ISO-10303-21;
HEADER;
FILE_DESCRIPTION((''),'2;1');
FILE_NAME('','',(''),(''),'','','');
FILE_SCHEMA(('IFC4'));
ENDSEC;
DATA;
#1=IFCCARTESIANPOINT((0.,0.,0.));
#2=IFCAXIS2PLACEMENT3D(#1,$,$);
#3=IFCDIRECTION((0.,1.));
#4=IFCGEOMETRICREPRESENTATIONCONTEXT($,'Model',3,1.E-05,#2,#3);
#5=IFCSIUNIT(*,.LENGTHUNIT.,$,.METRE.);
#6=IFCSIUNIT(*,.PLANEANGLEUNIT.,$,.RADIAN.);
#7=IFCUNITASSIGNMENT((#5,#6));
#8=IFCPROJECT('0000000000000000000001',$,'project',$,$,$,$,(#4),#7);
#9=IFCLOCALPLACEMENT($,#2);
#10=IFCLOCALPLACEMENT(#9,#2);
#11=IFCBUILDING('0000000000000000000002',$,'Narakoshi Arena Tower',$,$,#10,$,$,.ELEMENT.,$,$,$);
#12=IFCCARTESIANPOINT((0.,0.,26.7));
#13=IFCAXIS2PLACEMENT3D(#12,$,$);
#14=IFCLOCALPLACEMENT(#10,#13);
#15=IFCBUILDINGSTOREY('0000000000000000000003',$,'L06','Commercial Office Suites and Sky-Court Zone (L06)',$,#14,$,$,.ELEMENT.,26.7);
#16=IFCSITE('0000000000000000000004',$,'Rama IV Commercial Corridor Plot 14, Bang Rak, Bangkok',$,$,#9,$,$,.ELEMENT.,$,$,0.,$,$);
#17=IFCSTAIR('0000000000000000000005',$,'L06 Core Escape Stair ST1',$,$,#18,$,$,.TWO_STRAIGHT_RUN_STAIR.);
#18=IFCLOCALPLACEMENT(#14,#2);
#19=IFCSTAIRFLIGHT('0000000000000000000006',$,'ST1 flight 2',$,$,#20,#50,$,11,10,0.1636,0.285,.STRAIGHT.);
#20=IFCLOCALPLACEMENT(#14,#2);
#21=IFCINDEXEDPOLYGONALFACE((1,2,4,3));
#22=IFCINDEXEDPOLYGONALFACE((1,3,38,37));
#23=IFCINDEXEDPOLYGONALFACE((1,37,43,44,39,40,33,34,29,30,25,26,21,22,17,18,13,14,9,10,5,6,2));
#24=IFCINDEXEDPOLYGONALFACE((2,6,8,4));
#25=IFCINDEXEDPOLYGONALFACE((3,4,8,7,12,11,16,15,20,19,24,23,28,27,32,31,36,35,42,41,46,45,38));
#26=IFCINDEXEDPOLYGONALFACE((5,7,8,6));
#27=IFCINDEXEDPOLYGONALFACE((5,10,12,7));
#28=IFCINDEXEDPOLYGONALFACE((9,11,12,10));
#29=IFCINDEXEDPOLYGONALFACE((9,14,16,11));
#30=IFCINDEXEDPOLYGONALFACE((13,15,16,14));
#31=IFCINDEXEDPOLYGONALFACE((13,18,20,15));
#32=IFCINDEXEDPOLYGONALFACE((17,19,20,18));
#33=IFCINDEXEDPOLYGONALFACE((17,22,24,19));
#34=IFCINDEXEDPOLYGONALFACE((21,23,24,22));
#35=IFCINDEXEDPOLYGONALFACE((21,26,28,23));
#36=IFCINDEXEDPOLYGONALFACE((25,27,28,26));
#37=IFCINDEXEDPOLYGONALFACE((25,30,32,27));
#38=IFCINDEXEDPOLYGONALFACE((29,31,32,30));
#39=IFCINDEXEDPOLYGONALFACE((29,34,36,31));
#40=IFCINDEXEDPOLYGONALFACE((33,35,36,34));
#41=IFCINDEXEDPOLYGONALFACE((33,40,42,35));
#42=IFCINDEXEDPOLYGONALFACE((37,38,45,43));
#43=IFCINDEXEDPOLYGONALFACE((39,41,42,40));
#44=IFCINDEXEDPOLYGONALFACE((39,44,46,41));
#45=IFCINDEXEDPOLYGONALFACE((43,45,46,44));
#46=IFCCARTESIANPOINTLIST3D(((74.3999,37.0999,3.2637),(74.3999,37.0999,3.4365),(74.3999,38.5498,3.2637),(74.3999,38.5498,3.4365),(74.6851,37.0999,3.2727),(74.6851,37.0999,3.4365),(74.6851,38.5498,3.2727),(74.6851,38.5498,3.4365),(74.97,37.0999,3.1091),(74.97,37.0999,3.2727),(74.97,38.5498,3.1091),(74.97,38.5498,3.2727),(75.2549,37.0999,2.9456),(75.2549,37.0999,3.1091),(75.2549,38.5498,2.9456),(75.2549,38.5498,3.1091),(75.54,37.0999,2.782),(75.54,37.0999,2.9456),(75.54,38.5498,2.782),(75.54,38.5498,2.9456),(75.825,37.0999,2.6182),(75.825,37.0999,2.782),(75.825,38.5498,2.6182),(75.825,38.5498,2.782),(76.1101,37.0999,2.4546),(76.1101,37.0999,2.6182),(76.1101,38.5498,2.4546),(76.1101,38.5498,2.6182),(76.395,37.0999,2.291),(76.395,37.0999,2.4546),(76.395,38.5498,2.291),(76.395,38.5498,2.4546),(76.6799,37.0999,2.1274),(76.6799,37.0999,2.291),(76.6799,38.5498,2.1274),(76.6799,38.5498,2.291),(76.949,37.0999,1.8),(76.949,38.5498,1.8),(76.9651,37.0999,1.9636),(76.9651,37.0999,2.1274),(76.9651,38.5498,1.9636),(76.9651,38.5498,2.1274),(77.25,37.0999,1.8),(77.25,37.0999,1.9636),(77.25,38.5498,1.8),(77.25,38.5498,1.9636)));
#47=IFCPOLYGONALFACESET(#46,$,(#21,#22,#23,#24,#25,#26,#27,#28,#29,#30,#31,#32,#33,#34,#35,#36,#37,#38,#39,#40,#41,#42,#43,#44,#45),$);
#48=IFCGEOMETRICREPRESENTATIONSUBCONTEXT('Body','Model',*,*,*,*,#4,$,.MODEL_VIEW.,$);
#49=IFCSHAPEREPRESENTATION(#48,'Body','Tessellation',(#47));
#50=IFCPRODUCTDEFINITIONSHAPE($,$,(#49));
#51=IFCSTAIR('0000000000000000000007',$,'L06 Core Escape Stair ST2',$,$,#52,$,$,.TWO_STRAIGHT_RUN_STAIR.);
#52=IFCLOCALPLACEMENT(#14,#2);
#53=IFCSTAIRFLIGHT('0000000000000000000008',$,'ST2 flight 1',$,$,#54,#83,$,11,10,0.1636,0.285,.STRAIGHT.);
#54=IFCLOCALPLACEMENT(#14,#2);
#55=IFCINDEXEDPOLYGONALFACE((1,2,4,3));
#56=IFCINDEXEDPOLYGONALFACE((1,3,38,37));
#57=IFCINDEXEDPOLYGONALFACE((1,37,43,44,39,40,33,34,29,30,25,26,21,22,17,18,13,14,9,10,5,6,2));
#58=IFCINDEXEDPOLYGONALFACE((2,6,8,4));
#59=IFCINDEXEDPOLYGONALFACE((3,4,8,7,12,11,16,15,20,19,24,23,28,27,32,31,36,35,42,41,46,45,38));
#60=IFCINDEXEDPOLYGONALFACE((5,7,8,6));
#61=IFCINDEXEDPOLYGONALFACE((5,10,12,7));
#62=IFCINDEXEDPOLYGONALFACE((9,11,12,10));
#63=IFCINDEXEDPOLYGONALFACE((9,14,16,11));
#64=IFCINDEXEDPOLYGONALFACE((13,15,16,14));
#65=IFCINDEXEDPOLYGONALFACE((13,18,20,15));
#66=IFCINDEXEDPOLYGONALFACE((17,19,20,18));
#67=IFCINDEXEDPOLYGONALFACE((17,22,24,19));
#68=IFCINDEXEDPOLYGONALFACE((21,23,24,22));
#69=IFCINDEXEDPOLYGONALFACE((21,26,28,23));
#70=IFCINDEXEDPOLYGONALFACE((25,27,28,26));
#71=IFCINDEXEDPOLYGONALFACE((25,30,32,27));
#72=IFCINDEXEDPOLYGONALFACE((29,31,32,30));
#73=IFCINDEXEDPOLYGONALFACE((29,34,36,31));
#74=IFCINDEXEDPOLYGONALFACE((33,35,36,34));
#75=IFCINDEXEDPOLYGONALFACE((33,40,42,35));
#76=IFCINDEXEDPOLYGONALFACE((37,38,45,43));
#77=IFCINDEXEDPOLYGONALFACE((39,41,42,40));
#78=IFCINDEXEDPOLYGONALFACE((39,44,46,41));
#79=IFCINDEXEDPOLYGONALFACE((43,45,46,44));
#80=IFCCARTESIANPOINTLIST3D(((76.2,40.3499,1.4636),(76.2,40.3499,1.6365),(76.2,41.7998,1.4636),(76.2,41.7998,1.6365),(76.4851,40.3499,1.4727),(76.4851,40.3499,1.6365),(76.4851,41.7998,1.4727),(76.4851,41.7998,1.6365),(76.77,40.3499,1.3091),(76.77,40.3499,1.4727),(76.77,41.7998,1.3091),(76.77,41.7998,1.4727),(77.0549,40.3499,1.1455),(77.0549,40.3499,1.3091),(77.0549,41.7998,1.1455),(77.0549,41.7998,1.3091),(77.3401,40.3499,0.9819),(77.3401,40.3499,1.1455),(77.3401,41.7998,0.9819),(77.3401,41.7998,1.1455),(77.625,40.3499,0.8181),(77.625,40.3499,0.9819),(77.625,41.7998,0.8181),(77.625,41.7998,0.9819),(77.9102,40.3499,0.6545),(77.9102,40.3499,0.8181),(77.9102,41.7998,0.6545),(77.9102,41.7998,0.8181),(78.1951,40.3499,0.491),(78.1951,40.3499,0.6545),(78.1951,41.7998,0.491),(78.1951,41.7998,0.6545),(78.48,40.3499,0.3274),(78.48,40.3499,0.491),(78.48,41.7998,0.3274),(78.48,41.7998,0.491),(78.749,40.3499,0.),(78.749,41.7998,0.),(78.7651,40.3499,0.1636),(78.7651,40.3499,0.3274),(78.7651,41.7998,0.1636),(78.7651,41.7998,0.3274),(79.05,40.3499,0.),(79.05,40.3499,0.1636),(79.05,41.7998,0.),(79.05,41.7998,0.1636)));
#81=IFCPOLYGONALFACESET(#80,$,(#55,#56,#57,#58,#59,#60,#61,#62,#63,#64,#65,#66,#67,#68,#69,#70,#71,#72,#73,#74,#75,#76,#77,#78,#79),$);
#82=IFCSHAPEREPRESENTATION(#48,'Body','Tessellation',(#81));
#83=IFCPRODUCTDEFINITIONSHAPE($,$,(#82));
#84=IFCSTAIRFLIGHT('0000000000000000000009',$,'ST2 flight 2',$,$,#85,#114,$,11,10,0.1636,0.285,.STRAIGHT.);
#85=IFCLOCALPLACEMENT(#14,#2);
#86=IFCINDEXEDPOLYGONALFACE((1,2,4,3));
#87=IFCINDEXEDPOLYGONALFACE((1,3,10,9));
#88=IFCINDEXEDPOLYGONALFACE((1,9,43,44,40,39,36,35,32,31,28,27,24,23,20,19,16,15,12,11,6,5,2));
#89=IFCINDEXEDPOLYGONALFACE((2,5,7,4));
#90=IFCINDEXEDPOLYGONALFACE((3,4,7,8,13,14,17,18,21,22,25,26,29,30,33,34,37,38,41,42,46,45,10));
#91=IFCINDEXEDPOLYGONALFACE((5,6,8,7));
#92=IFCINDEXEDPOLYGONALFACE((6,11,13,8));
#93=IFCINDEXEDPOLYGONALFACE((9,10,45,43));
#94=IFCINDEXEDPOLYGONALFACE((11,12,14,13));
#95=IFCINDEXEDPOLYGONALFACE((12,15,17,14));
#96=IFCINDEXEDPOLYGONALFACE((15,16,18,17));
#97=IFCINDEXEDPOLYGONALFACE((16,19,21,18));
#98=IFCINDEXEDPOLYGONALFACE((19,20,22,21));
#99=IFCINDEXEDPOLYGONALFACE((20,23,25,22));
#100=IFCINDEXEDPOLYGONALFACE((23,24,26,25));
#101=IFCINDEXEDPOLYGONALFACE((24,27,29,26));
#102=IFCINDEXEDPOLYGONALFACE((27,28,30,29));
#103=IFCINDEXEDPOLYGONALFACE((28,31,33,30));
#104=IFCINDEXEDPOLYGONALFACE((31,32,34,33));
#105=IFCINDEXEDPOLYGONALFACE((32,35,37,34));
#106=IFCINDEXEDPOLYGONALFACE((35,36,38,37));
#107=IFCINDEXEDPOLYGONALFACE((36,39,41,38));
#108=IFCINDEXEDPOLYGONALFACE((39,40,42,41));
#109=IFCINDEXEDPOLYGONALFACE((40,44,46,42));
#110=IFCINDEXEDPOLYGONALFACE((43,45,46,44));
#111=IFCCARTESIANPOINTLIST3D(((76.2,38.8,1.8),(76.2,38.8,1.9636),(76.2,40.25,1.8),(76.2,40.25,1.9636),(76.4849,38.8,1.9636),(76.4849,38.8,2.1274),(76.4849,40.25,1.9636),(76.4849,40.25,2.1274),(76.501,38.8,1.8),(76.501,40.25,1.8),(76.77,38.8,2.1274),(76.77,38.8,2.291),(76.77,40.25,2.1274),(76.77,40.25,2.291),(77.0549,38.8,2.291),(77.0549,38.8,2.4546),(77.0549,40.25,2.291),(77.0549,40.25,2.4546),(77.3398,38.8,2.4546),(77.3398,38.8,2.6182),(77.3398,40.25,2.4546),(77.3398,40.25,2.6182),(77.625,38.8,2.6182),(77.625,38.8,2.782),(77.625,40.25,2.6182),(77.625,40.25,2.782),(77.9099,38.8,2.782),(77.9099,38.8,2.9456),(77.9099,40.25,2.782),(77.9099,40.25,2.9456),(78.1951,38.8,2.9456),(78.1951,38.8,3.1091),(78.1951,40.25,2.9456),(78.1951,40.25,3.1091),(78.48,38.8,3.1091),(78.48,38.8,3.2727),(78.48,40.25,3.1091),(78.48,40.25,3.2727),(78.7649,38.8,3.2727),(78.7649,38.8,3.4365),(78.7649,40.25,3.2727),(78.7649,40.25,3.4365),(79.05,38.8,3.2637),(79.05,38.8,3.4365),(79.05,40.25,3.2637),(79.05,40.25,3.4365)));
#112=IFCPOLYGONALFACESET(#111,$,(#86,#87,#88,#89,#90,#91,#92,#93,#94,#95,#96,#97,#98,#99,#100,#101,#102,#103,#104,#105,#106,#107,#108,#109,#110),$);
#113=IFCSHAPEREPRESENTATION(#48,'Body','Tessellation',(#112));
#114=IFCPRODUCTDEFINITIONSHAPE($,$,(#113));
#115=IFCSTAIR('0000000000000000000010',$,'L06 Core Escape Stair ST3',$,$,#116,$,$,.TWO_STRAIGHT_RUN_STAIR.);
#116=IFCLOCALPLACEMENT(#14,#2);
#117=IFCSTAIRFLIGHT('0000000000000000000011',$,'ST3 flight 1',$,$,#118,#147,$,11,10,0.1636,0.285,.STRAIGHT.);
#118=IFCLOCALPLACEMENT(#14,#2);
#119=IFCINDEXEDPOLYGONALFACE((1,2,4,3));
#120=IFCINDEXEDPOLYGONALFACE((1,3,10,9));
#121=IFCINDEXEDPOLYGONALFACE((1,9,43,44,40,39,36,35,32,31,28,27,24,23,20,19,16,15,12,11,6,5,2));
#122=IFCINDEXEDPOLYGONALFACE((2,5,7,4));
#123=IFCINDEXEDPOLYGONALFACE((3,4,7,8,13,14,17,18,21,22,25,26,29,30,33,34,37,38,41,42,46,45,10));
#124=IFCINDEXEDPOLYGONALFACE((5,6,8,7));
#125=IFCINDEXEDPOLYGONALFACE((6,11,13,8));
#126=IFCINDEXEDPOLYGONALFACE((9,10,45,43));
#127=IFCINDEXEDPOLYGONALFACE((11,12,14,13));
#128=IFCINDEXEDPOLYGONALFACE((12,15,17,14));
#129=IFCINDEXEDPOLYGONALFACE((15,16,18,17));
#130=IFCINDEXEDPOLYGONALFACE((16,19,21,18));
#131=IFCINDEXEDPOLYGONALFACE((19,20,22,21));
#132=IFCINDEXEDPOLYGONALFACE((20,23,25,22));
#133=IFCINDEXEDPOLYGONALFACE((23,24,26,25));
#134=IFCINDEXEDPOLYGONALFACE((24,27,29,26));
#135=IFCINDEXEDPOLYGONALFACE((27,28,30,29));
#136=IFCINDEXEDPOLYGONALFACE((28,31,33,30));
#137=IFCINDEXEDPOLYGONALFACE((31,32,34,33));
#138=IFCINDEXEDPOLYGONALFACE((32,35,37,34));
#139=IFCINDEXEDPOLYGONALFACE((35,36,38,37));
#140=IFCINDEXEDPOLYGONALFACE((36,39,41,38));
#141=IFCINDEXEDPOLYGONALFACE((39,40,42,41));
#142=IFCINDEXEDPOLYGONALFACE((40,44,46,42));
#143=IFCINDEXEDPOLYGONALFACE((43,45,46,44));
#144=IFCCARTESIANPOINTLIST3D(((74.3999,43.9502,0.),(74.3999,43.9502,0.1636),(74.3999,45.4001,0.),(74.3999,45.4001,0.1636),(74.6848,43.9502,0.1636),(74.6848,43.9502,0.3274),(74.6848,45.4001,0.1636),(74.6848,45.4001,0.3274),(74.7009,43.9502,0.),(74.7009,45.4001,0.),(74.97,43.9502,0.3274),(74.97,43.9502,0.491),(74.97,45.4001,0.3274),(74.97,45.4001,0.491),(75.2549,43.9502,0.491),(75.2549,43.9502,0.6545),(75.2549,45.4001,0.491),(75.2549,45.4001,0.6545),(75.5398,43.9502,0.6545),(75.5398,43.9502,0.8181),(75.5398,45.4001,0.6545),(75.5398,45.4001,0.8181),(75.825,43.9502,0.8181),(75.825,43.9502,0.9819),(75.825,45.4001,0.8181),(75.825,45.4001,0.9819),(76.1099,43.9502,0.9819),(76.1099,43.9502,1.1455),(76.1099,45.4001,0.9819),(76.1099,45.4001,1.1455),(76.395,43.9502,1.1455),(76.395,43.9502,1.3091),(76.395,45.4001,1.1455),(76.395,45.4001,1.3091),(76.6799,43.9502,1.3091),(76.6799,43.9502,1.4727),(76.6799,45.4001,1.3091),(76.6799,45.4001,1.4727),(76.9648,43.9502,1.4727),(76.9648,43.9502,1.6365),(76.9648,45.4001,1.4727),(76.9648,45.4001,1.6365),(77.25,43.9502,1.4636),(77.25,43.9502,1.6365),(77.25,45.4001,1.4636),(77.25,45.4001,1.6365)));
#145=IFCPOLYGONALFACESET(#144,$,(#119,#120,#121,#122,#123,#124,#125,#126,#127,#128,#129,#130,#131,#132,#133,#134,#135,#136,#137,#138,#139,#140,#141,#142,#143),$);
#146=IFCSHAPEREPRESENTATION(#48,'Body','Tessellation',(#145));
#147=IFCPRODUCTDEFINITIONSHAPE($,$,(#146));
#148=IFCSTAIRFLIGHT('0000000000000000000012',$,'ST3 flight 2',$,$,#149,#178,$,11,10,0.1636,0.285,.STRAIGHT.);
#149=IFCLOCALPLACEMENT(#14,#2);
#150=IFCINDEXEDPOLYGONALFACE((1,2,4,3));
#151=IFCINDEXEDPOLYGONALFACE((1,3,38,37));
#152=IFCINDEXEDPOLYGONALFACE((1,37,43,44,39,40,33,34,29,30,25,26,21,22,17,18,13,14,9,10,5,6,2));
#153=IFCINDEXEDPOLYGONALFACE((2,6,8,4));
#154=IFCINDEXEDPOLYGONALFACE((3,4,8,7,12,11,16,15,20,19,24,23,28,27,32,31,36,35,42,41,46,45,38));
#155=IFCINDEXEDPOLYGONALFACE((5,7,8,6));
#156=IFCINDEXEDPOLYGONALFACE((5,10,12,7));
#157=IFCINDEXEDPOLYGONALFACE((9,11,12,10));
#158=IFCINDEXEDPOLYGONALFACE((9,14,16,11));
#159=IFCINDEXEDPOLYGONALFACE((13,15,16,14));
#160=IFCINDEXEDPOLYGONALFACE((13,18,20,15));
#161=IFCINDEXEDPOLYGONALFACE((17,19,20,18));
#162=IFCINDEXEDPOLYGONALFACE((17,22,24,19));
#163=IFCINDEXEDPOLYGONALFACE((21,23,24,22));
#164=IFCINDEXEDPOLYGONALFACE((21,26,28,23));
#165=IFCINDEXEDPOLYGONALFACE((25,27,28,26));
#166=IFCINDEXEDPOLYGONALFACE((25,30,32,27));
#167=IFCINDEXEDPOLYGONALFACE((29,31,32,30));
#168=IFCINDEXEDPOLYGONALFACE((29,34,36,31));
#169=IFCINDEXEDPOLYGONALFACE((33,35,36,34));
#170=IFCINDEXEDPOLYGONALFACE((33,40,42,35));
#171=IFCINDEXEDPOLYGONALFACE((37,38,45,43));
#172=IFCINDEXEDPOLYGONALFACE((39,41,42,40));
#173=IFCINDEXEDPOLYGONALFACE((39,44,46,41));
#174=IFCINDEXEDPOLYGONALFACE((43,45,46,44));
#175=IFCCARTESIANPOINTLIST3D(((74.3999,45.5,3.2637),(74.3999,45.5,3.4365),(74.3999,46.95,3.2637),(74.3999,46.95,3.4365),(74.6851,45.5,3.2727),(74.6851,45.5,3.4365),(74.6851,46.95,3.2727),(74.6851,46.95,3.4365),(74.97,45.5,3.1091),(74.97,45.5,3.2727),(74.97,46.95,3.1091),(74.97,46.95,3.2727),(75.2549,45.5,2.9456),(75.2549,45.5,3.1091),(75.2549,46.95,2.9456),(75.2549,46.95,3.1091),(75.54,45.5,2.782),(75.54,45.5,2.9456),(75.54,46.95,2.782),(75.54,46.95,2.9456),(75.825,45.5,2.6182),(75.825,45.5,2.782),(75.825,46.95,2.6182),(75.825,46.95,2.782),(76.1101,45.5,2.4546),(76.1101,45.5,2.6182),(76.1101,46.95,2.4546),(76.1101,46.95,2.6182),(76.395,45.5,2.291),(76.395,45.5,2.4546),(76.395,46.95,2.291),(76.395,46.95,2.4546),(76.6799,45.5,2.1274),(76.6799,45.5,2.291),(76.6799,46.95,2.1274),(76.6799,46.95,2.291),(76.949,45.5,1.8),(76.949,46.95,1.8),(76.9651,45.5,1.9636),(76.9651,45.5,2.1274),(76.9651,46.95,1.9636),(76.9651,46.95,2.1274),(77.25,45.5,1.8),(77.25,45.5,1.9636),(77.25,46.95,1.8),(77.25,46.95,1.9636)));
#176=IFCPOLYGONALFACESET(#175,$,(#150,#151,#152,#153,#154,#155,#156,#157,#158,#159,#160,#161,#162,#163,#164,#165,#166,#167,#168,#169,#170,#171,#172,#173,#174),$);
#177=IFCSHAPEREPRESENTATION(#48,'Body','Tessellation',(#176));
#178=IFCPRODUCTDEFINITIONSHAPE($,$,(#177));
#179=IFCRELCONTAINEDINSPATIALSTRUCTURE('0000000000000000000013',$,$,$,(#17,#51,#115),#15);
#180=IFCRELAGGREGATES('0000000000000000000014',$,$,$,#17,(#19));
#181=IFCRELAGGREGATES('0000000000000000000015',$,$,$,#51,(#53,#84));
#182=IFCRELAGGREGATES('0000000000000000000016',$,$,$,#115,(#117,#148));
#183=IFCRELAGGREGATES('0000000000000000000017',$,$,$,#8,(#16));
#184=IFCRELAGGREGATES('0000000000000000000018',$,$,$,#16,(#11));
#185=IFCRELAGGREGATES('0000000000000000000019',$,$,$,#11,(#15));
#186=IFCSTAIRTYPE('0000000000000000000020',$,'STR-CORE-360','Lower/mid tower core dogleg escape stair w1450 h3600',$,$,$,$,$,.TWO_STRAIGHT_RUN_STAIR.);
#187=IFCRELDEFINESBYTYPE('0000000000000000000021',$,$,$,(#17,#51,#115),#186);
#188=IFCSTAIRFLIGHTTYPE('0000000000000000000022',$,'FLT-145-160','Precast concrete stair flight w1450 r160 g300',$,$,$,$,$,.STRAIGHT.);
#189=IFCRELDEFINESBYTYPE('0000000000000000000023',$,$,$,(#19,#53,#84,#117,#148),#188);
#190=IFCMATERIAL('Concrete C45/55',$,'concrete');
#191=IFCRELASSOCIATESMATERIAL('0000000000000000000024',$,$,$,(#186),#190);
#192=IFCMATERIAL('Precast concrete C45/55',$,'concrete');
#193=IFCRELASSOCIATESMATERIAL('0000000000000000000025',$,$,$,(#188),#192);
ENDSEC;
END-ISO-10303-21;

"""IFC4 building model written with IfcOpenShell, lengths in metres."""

from ifc_helpers import new_model, si_unit, direction, frame, origin, place, context, subcontext, project, spatial, polyline, outline, extrude, material, type_object, element, aggregate, save


model = new_model("IFC4")

# Units and contexts
model_context = context("Model", 3, precision=1e-05, world=origin(), true_north=direction((0.0, 1.0)))
body_context = subcontext(model_context, "Body", "Model", "MODEL_VIEW")
ifc_project = project(units=[si_unit("LENGTHUNIT", "METRE"), si_unit("PLANEANGLEUNIT", "RADIAN")], contexts=[model_context])

# Site, building, storey
site_placement = place(None, origin())
site = spatial("IfcSite", under=ifc_project, at=site_placement, Name="Rama IV Commercial Corridor Plot 14, Bang Rak, Bangkok", CompositionType="ELEMENT", RefElevation=0.0)
building_placement = place(site_placement, origin())
building = spatial("IfcBuilding", under=site, at=building_placement, Name="Narakoshi Arena Tower", CompositionType="ELEMENT")
storey_placement = place(building_placement, frame((0.0, 0.0, 26.7)))
storey = spatial("IfcBuildingStorey", under=building, at=storey_placement, Name="L06", Description="Commercial Office Suites and Sky-Court Zone (L06)", CompositionType="ELEMENT", Elevation=26.7)

# Stairs, stair flights
ifc_material_1 = material(Name="Concrete C45/55", Category="concrete")
stair_type = type_object("IfcStairType", Name="STR-CORE-360", Description="Lower/mid tower core dogleg escape stair w1450 h3600", PredefinedType="TWO_STRAIGHT_RUN_STAIR", material=ifc_material_1)
stair_1_placement = place(storey_placement, origin())
stair_1 = element("IfcStair", 1, at=stair_1_placement, inside=storey, type_object=stair_type, Name="L06 Core Escape Stair ST1", PredefinedType="TWO_STRAIGHT_RUN_STAIR")
ifc_material_2 = material(Name="Precast concrete C45/55", Category="concrete")
stair_flight_type = type_object("IfcStairFlightType", Name="FLT-145-160", Description="Precast concrete stair flight w1450 r160 g300", PredefinedType="STRAIGHT", material=ifc_material_2)
stair_flight_1_placement = place(storey_placement, frame((77.25, 37.825, 1.8), z_axis=(0.0, 0.0, 1.0), x_axis=(-1.0, 0.0, 0.0)))
stair_flight_1 = element("IfcStairFlight", 2, at=stair_flight_1_placement, type_object=stair_flight_type, Name="ST1 flight 2", NumberOfRisers=11, NumberOfTreads=10, PredefinedType="STRAIGHT", RiserHeight=0.1636, TreadLength=0.285, context=body_context, shape_type="SweptSolid", body=[
    extrude(outline(polyline([(0.0, 0.0), (0.0, 0.1636), (0.2849, 0.1636), (0.2849, 0.3274), (0.5701, 0.3274), (0.5701, 0.491), (0.855, 0.491), (0.855, 0.6545), (1.1399, 0.6545), (1.1399, 0.8181), (1.425, 0.8181), (1.425, 0.9819), (1.71, 0.9819), (1.71, 1.1455), (1.9951, 1.1455), (1.9951, 1.3091), (2.28, 1.3091), (2.28, 1.4727), (2.5649, 1.4727), (2.5649, 1.6365), (2.8501, 1.6365), (2.8501, 1.8), (2.8501, 1.4636), (0.301, 0.0), (0.0, 0.0)])), frame((0.0, 0.7251, 0.0), z_axis=(0.0, -1.0, 0.0), x_axis=(1.0, 0.0, 0.0)), (0.0, 0.0, 1.0), 1.45),
])
aggregate(stair_1, [stair_flight_1])
stair_2_placement = place(storey_placement, origin())
stair_2 = element("IfcStair", 3, at=stair_2_placement, inside=storey, type_object=stair_type, Name="L06 Core Escape Stair ST2", PredefinedType="TWO_STRAIGHT_RUN_STAIR")
stair_flight_2_placement = place(storey_placement, frame((79.05, 41.075, 0.0), z_axis=(0.0, 0.0, 1.0), x_axis=(-1.0, 0.0, 0.0)))
stair_flight_2 = element("IfcStairFlight", 4, at=stair_flight_2_placement, type_object=stair_flight_type, Name="ST2 flight 1", NumberOfRisers=11, NumberOfTreads=10, PredefinedType="STRAIGHT", RiserHeight=0.1636, TreadLength=0.285, context=body_context, shape_type="SweptSolid", body=[
    extrude(outline(polyline([(0.0, 0.0), (0.0, 0.1636), (0.2849, 0.1636), (0.2849, 0.3274), (0.5701, 0.3274), (0.5701, 0.491), (0.855, 0.491), (0.855, 0.6545), (1.1399, 0.6545), (1.1399, 0.8181), (1.425, 0.8181), (1.425, 0.9819), (1.71, 0.9819), (1.71, 1.1455), (1.9951, 1.1455), (1.9951, 1.3091), (2.28, 1.3091), (2.28, 1.4727), (2.5649, 1.4727), (2.5649, 1.6365), (2.8501, 1.6365), (2.8501, 1.8), (2.8501, 1.4636), (0.301, 0.0), (0.0, 0.0)])), frame((0.0, 0.7251, 0.0), z_axis=(0.0, -1.0, 0.0), x_axis=(1.0, 0.0, 0.0)), (0.0, 0.0, 1.0), 1.45),
])
stair_flight_3_placement = place(storey_placement, frame((76.2, 39.5249, 1.8), z_axis=(0.0, 0.0, 1.0), x_axis=(1.0, 0.0, 0.0)))
stair_flight_3 = element("IfcStairFlight", 5, at=stair_flight_3_placement, type_object=stair_flight_type, Name="ST2 flight 2", NumberOfRisers=11, NumberOfTreads=10, PredefinedType="STRAIGHT", RiserHeight=0.1636, TreadLength=0.285, context=body_context, shape_type="SweptSolid", body=[
    extrude(outline(polyline([(0.0, 0.0), (0.0, 0.1636), (0.2849, 0.1636), (0.2849, 0.3274), (0.5701, 0.3274), (0.5701, 0.491), (0.855, 0.491), (0.855, 0.6545), (1.1399, 0.6545), (1.1399, 0.8181), (1.425, 0.8181), (1.425, 0.9819), (1.71, 0.9819), (1.71, 1.1455), (1.9951, 1.1455), (1.9951, 1.3091), (2.28, 1.3091), (2.28, 1.4727), (2.5649, 1.4727), (2.5649, 1.6365), (2.8501, 1.6365), (2.8501, 1.8), (2.8501, 1.4636), (0.301, 0.0), (0.0, 0.0)])), frame((0.0, 0.7251, 0.0), z_axis=(0.0, -1.0, 0.0), x_axis=(1.0, 0.0, 0.0)), (0.0, 0.0, 1.0), 1.45),
])
aggregate(stair_2, [stair_flight_2, stair_flight_3])
stair_3_placement = place(storey_placement, origin())
stair_3 = element("IfcStair", 6, at=stair_3_placement, inside=storey, type_object=stair_type, Name="L06 Core Escape Stair ST3", PredefinedType="TWO_STRAIGHT_RUN_STAIR")
stair_flight_4_placement = place(storey_placement, frame((74.3999, 44.675, 0.0), z_axis=(0.0, 0.0, 1.0), x_axis=(1.0, 0.0, 0.0)))
stair_flight_4 = element("IfcStairFlight", 7, at=stair_flight_4_placement, type_object=stair_flight_type, Name="ST3 flight 1", NumberOfRisers=11, NumberOfTreads=10, PredefinedType="STRAIGHT", RiserHeight=0.1636, TreadLength=0.285, context=body_context, shape_type="SweptSolid", body=[
    extrude(outline(polyline([(0.0, 0.0), (0.0, 0.1636), (0.2849, 0.1636), (0.2849, 0.3274), (0.5701, 0.3274), (0.5701, 0.491), (0.855, 0.491), (0.855, 0.6545), (1.1399, 0.6545), (1.1399, 0.8181), (1.425, 0.8181), (1.425, 0.9819), (1.71, 0.9819), (1.71, 1.1455), (1.9951, 1.1455), (1.9951, 1.3091), (2.28, 1.3091), (2.28, 1.4727), (2.5649, 1.4727), (2.5649, 1.6365), (2.8501, 1.6365), (2.8501, 1.8), (2.8501, 1.4636), (0.301, 0.0), (0.0, 0.0)])), frame((0.0, 0.7251, 0.0), z_axis=(0.0, -1.0, 0.0), x_axis=(1.0, 0.0, 0.0)), (0.0, 0.0, 1.0), 1.45),
])
stair_flight_5_placement = place(storey_placement, frame((77.25, 46.2251, 1.8), z_axis=(0.0, 0.0, 1.0), x_axis=(-1.0, 0.0, 0.0)))
stair_flight_5 = element("IfcStairFlight", 8, at=stair_flight_5_placement, type_object=stair_flight_type, Name="ST3 flight 2", NumberOfRisers=11, NumberOfTreads=10, PredefinedType="STRAIGHT", RiserHeight=0.1636, TreadLength=0.285, context=body_context, shape_type="SweptSolid", body=[
    extrude(outline(polyline([(0.0, 0.0), (0.0, 0.1636), (0.2849, 0.1636), (0.2849, 0.3274), (0.5701, 0.3274), (0.5701, 0.491), (0.855, 0.491), (0.855, 0.6545), (1.1399, 0.6545), (1.1399, 0.8181), (1.425, 0.8181), (1.425, 0.9819), (1.71, 0.9819), (1.71, 1.1455), (1.9951, 1.1455), (1.9951, 1.3091), (2.28, 1.3091), (2.28, 1.4727), (2.5649, 1.4727), (2.5649, 1.6365), (2.8501, 1.6365), (2.8501, 1.8), (2.8501, 1.4636), (0.301, 0.0), (0.0, 0.0)])), frame((0.0, 0.7251, 0.0), z_axis=(0.0, -1.0, 0.0), x_axis=(1.0, 0.0, 0.0)), (0.0, 0.0, 1.0), 1.45),
])
aggregate(stair_3, [stair_flight_4, stair_flight_5])

save(model, "model.ifc")
